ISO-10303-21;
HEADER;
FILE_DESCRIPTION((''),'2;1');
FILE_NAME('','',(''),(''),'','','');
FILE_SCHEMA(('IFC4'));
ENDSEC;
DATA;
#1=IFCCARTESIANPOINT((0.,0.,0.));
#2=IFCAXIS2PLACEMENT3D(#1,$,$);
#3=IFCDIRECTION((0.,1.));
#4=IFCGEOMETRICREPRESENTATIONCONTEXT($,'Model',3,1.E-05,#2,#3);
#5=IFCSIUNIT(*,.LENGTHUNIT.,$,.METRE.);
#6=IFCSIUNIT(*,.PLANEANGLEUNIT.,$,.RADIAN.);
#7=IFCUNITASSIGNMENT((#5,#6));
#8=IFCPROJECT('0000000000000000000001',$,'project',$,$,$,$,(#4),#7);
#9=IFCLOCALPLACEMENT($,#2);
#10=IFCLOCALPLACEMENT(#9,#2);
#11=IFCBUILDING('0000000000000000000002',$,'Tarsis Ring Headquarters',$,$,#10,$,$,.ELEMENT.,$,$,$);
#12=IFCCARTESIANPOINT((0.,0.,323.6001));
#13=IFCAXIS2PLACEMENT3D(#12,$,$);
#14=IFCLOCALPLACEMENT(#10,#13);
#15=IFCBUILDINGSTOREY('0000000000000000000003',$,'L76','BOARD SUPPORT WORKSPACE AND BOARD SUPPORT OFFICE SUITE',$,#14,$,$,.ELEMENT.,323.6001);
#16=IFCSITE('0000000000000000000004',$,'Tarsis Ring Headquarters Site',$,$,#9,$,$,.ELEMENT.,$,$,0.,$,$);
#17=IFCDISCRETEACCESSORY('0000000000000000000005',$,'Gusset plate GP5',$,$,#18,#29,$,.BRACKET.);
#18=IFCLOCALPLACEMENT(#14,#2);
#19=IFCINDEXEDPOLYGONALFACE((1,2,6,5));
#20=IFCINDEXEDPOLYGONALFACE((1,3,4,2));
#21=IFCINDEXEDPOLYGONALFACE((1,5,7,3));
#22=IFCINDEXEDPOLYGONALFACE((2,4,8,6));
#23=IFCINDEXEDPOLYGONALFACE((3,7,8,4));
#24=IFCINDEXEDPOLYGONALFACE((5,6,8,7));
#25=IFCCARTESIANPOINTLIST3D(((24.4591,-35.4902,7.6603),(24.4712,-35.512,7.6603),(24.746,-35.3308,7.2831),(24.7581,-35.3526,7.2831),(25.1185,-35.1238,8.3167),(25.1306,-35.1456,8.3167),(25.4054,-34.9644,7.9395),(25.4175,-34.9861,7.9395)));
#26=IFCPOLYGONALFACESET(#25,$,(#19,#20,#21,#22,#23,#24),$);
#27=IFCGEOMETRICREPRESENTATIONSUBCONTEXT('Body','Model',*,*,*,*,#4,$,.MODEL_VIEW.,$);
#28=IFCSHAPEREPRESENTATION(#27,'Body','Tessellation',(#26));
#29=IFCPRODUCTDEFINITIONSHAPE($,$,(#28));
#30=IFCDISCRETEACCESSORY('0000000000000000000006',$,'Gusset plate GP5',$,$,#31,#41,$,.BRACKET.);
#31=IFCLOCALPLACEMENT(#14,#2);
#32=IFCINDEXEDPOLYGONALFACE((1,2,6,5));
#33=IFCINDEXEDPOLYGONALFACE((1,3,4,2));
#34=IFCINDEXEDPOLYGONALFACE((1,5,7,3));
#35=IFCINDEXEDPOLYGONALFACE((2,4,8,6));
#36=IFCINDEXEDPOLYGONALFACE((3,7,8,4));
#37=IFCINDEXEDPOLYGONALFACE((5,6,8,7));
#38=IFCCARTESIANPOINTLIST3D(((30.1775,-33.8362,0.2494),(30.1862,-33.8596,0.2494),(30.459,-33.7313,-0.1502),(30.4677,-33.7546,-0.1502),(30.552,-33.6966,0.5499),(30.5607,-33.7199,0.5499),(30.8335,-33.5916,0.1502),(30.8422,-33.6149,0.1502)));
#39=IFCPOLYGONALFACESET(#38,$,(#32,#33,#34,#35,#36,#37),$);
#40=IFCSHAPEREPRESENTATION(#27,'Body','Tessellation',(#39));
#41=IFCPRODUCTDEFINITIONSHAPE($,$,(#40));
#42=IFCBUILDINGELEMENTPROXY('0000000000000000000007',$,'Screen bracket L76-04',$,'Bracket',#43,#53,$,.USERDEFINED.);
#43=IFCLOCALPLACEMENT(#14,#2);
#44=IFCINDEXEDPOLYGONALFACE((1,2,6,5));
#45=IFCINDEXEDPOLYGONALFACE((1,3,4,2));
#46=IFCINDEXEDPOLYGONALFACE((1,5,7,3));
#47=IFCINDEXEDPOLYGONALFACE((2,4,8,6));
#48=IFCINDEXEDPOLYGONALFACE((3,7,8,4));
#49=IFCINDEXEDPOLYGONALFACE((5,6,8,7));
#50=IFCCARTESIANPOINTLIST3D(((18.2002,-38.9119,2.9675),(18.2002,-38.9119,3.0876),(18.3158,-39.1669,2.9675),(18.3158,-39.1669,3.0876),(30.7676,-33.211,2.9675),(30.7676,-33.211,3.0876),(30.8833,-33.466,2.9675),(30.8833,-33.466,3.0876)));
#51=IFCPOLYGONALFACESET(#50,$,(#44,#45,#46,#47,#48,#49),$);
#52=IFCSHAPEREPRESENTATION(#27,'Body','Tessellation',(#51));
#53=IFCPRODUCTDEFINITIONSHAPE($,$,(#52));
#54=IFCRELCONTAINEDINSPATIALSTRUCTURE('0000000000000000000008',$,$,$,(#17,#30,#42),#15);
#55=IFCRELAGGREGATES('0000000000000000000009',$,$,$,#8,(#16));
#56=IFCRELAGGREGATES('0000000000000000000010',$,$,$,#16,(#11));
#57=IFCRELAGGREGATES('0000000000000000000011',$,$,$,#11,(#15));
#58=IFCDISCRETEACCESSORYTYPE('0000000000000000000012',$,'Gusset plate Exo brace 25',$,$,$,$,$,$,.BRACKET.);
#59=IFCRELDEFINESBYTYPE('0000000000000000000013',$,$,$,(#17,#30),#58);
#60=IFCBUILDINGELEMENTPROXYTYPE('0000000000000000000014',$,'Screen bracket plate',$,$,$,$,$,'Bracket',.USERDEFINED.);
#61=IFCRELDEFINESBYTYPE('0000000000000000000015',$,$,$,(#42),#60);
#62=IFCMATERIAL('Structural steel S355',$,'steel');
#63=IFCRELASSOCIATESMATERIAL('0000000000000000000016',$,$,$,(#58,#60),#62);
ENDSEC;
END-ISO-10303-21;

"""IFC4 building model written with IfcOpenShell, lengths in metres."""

from ifc_helpers import new_model, si_unit, direction, frame, origin, origin_2d, place, context, subcontext, project, spatial, rectangle, extrude, material, material_profile, profile_set, type_object, element, save


model = new_model("IFC4")

# Units and contexts
model_context = context("Model", 3, precision=1e-05, world=origin(), true_north=direction((0.0, 1.0)))
body_context = subcontext(model_context, "Body", "Model", "MODEL_VIEW")
ifc_project = project(units=[si_unit("LENGTHUNIT", "METRE"), si_unit("PLANEANGLEUNIT", "RADIAN")], contexts=[model_context])

# Site, building, storey
site_placement = place(None, origin())
site = spatial("IfcSite", under=ifc_project, at=site_placement, Name="Tarsis Ring Headquarters Site", CompositionType="ELEMENT", RefElevation=0.0)
building_placement = place(site_placement, origin())
building = spatial("IfcBuilding", under=site, at=building_placement, Name="Tarsis Ring Headquarters", CompositionType="ELEMENT")
storey_placement = place(building_placement, frame((0.0, 0.0, 323.6001)))
storey = spatial("IfcBuildingStorey", under=building, at=storey_placement, Name="L76", Description="BOARD SUPPORT WORKSPACE AND BOARD SUPPORT OFFICE SUITE", CompositionType="ELEMENT", Elevation=323.6001)

# Shared definitions
ifc_material_1 = material(Name="Structural steel S355", Category="steel")

# Discrete accessories
ifc_material_profile_1 = material_profile(ifc_material_1, rectangle(XDim=0.0249, YDim=0.5, at=origin_2d()), Name="PL 25x500")
ifc_profile_set_1 = profile_set([ifc_material_profile_1], Name="Structural steel S355")
discrete_accessory_type = type_object("IfcDiscreteAccessoryType", Name="Gusset plate Exo brace 25", PredefinedType="BRACKET", material=ifc_profile_set_1)
discrete_accessory_1_placement = place(storey_placement, frame((24.6086, -35.4214, 7.4717), z_axis=(0.659386, 0.366434, 0.656457), x_axis=(-0.485753, 0.874096, 0.0)))
element("IfcDiscreteAccessory", 1, at=discrete_accessory_1_placement, inside=storey, type_object=discrete_accessory_type, Name="Gusset plate GP5", PredefinedType="BRACKET", context=body_context, shape_type="SweptSolid", body=[
    extrude(rectangle(XDim=0.0249, YDim=0.5, at=origin_2d()), origin(), (0.0, 0.0, 1.0), 1.0),
])
discrete_accessory_2_placement = place(storey_placement, frame((30.6506, -33.6731, 0.0), z_axis=(-0.563003, -0.209967, 0.799338), x_axis=(0.349431, -0.936962, 0.0)))
element("IfcDiscreteAccessory", 2, at=discrete_accessory_2_placement, inside=storey, type_object=discrete_accessory_type, Name="Gusset plate GP5", PredefinedType="BRACKET", context=body_context, shape_type="SweptSolid", body=[
    extrude(rectangle(XDim=0.0249, YDim=0.5, at=origin_2d()), origin(), (0.0, 0.0, 1.0), 0.5),
])

# Building element proxy
building_element_proxy_type = type_object("IfcBuildingElementProxyType", Name="Screen bracket plate", ElementType="Bracket", PredefinedType="USERDEFINED", material=ifc_material_1)
proxy_placement = place(storey_placement, frame((24.5417, -36.189, 2.9675), z_axis=(0.0, 0.0, 1.0), x_axis=(0.910684, 0.413104, 0.0)))
element("IfcBuildingElementProxy", 3, at=proxy_placement, inside=storey, type_object=building_element_proxy_type, Name="Screen bracket L76-04", ObjectType="Bracket", PredefinedType="USERDEFINED", context=body_context, shape_type="SweptSolid", body=[
    extrude(rectangle(XDim=13.8, YDim=0.28, at=origin_2d()), origin(), (0.0, 0.0, 1.0), 0.1201),
])

save(model, "model.ifc")
